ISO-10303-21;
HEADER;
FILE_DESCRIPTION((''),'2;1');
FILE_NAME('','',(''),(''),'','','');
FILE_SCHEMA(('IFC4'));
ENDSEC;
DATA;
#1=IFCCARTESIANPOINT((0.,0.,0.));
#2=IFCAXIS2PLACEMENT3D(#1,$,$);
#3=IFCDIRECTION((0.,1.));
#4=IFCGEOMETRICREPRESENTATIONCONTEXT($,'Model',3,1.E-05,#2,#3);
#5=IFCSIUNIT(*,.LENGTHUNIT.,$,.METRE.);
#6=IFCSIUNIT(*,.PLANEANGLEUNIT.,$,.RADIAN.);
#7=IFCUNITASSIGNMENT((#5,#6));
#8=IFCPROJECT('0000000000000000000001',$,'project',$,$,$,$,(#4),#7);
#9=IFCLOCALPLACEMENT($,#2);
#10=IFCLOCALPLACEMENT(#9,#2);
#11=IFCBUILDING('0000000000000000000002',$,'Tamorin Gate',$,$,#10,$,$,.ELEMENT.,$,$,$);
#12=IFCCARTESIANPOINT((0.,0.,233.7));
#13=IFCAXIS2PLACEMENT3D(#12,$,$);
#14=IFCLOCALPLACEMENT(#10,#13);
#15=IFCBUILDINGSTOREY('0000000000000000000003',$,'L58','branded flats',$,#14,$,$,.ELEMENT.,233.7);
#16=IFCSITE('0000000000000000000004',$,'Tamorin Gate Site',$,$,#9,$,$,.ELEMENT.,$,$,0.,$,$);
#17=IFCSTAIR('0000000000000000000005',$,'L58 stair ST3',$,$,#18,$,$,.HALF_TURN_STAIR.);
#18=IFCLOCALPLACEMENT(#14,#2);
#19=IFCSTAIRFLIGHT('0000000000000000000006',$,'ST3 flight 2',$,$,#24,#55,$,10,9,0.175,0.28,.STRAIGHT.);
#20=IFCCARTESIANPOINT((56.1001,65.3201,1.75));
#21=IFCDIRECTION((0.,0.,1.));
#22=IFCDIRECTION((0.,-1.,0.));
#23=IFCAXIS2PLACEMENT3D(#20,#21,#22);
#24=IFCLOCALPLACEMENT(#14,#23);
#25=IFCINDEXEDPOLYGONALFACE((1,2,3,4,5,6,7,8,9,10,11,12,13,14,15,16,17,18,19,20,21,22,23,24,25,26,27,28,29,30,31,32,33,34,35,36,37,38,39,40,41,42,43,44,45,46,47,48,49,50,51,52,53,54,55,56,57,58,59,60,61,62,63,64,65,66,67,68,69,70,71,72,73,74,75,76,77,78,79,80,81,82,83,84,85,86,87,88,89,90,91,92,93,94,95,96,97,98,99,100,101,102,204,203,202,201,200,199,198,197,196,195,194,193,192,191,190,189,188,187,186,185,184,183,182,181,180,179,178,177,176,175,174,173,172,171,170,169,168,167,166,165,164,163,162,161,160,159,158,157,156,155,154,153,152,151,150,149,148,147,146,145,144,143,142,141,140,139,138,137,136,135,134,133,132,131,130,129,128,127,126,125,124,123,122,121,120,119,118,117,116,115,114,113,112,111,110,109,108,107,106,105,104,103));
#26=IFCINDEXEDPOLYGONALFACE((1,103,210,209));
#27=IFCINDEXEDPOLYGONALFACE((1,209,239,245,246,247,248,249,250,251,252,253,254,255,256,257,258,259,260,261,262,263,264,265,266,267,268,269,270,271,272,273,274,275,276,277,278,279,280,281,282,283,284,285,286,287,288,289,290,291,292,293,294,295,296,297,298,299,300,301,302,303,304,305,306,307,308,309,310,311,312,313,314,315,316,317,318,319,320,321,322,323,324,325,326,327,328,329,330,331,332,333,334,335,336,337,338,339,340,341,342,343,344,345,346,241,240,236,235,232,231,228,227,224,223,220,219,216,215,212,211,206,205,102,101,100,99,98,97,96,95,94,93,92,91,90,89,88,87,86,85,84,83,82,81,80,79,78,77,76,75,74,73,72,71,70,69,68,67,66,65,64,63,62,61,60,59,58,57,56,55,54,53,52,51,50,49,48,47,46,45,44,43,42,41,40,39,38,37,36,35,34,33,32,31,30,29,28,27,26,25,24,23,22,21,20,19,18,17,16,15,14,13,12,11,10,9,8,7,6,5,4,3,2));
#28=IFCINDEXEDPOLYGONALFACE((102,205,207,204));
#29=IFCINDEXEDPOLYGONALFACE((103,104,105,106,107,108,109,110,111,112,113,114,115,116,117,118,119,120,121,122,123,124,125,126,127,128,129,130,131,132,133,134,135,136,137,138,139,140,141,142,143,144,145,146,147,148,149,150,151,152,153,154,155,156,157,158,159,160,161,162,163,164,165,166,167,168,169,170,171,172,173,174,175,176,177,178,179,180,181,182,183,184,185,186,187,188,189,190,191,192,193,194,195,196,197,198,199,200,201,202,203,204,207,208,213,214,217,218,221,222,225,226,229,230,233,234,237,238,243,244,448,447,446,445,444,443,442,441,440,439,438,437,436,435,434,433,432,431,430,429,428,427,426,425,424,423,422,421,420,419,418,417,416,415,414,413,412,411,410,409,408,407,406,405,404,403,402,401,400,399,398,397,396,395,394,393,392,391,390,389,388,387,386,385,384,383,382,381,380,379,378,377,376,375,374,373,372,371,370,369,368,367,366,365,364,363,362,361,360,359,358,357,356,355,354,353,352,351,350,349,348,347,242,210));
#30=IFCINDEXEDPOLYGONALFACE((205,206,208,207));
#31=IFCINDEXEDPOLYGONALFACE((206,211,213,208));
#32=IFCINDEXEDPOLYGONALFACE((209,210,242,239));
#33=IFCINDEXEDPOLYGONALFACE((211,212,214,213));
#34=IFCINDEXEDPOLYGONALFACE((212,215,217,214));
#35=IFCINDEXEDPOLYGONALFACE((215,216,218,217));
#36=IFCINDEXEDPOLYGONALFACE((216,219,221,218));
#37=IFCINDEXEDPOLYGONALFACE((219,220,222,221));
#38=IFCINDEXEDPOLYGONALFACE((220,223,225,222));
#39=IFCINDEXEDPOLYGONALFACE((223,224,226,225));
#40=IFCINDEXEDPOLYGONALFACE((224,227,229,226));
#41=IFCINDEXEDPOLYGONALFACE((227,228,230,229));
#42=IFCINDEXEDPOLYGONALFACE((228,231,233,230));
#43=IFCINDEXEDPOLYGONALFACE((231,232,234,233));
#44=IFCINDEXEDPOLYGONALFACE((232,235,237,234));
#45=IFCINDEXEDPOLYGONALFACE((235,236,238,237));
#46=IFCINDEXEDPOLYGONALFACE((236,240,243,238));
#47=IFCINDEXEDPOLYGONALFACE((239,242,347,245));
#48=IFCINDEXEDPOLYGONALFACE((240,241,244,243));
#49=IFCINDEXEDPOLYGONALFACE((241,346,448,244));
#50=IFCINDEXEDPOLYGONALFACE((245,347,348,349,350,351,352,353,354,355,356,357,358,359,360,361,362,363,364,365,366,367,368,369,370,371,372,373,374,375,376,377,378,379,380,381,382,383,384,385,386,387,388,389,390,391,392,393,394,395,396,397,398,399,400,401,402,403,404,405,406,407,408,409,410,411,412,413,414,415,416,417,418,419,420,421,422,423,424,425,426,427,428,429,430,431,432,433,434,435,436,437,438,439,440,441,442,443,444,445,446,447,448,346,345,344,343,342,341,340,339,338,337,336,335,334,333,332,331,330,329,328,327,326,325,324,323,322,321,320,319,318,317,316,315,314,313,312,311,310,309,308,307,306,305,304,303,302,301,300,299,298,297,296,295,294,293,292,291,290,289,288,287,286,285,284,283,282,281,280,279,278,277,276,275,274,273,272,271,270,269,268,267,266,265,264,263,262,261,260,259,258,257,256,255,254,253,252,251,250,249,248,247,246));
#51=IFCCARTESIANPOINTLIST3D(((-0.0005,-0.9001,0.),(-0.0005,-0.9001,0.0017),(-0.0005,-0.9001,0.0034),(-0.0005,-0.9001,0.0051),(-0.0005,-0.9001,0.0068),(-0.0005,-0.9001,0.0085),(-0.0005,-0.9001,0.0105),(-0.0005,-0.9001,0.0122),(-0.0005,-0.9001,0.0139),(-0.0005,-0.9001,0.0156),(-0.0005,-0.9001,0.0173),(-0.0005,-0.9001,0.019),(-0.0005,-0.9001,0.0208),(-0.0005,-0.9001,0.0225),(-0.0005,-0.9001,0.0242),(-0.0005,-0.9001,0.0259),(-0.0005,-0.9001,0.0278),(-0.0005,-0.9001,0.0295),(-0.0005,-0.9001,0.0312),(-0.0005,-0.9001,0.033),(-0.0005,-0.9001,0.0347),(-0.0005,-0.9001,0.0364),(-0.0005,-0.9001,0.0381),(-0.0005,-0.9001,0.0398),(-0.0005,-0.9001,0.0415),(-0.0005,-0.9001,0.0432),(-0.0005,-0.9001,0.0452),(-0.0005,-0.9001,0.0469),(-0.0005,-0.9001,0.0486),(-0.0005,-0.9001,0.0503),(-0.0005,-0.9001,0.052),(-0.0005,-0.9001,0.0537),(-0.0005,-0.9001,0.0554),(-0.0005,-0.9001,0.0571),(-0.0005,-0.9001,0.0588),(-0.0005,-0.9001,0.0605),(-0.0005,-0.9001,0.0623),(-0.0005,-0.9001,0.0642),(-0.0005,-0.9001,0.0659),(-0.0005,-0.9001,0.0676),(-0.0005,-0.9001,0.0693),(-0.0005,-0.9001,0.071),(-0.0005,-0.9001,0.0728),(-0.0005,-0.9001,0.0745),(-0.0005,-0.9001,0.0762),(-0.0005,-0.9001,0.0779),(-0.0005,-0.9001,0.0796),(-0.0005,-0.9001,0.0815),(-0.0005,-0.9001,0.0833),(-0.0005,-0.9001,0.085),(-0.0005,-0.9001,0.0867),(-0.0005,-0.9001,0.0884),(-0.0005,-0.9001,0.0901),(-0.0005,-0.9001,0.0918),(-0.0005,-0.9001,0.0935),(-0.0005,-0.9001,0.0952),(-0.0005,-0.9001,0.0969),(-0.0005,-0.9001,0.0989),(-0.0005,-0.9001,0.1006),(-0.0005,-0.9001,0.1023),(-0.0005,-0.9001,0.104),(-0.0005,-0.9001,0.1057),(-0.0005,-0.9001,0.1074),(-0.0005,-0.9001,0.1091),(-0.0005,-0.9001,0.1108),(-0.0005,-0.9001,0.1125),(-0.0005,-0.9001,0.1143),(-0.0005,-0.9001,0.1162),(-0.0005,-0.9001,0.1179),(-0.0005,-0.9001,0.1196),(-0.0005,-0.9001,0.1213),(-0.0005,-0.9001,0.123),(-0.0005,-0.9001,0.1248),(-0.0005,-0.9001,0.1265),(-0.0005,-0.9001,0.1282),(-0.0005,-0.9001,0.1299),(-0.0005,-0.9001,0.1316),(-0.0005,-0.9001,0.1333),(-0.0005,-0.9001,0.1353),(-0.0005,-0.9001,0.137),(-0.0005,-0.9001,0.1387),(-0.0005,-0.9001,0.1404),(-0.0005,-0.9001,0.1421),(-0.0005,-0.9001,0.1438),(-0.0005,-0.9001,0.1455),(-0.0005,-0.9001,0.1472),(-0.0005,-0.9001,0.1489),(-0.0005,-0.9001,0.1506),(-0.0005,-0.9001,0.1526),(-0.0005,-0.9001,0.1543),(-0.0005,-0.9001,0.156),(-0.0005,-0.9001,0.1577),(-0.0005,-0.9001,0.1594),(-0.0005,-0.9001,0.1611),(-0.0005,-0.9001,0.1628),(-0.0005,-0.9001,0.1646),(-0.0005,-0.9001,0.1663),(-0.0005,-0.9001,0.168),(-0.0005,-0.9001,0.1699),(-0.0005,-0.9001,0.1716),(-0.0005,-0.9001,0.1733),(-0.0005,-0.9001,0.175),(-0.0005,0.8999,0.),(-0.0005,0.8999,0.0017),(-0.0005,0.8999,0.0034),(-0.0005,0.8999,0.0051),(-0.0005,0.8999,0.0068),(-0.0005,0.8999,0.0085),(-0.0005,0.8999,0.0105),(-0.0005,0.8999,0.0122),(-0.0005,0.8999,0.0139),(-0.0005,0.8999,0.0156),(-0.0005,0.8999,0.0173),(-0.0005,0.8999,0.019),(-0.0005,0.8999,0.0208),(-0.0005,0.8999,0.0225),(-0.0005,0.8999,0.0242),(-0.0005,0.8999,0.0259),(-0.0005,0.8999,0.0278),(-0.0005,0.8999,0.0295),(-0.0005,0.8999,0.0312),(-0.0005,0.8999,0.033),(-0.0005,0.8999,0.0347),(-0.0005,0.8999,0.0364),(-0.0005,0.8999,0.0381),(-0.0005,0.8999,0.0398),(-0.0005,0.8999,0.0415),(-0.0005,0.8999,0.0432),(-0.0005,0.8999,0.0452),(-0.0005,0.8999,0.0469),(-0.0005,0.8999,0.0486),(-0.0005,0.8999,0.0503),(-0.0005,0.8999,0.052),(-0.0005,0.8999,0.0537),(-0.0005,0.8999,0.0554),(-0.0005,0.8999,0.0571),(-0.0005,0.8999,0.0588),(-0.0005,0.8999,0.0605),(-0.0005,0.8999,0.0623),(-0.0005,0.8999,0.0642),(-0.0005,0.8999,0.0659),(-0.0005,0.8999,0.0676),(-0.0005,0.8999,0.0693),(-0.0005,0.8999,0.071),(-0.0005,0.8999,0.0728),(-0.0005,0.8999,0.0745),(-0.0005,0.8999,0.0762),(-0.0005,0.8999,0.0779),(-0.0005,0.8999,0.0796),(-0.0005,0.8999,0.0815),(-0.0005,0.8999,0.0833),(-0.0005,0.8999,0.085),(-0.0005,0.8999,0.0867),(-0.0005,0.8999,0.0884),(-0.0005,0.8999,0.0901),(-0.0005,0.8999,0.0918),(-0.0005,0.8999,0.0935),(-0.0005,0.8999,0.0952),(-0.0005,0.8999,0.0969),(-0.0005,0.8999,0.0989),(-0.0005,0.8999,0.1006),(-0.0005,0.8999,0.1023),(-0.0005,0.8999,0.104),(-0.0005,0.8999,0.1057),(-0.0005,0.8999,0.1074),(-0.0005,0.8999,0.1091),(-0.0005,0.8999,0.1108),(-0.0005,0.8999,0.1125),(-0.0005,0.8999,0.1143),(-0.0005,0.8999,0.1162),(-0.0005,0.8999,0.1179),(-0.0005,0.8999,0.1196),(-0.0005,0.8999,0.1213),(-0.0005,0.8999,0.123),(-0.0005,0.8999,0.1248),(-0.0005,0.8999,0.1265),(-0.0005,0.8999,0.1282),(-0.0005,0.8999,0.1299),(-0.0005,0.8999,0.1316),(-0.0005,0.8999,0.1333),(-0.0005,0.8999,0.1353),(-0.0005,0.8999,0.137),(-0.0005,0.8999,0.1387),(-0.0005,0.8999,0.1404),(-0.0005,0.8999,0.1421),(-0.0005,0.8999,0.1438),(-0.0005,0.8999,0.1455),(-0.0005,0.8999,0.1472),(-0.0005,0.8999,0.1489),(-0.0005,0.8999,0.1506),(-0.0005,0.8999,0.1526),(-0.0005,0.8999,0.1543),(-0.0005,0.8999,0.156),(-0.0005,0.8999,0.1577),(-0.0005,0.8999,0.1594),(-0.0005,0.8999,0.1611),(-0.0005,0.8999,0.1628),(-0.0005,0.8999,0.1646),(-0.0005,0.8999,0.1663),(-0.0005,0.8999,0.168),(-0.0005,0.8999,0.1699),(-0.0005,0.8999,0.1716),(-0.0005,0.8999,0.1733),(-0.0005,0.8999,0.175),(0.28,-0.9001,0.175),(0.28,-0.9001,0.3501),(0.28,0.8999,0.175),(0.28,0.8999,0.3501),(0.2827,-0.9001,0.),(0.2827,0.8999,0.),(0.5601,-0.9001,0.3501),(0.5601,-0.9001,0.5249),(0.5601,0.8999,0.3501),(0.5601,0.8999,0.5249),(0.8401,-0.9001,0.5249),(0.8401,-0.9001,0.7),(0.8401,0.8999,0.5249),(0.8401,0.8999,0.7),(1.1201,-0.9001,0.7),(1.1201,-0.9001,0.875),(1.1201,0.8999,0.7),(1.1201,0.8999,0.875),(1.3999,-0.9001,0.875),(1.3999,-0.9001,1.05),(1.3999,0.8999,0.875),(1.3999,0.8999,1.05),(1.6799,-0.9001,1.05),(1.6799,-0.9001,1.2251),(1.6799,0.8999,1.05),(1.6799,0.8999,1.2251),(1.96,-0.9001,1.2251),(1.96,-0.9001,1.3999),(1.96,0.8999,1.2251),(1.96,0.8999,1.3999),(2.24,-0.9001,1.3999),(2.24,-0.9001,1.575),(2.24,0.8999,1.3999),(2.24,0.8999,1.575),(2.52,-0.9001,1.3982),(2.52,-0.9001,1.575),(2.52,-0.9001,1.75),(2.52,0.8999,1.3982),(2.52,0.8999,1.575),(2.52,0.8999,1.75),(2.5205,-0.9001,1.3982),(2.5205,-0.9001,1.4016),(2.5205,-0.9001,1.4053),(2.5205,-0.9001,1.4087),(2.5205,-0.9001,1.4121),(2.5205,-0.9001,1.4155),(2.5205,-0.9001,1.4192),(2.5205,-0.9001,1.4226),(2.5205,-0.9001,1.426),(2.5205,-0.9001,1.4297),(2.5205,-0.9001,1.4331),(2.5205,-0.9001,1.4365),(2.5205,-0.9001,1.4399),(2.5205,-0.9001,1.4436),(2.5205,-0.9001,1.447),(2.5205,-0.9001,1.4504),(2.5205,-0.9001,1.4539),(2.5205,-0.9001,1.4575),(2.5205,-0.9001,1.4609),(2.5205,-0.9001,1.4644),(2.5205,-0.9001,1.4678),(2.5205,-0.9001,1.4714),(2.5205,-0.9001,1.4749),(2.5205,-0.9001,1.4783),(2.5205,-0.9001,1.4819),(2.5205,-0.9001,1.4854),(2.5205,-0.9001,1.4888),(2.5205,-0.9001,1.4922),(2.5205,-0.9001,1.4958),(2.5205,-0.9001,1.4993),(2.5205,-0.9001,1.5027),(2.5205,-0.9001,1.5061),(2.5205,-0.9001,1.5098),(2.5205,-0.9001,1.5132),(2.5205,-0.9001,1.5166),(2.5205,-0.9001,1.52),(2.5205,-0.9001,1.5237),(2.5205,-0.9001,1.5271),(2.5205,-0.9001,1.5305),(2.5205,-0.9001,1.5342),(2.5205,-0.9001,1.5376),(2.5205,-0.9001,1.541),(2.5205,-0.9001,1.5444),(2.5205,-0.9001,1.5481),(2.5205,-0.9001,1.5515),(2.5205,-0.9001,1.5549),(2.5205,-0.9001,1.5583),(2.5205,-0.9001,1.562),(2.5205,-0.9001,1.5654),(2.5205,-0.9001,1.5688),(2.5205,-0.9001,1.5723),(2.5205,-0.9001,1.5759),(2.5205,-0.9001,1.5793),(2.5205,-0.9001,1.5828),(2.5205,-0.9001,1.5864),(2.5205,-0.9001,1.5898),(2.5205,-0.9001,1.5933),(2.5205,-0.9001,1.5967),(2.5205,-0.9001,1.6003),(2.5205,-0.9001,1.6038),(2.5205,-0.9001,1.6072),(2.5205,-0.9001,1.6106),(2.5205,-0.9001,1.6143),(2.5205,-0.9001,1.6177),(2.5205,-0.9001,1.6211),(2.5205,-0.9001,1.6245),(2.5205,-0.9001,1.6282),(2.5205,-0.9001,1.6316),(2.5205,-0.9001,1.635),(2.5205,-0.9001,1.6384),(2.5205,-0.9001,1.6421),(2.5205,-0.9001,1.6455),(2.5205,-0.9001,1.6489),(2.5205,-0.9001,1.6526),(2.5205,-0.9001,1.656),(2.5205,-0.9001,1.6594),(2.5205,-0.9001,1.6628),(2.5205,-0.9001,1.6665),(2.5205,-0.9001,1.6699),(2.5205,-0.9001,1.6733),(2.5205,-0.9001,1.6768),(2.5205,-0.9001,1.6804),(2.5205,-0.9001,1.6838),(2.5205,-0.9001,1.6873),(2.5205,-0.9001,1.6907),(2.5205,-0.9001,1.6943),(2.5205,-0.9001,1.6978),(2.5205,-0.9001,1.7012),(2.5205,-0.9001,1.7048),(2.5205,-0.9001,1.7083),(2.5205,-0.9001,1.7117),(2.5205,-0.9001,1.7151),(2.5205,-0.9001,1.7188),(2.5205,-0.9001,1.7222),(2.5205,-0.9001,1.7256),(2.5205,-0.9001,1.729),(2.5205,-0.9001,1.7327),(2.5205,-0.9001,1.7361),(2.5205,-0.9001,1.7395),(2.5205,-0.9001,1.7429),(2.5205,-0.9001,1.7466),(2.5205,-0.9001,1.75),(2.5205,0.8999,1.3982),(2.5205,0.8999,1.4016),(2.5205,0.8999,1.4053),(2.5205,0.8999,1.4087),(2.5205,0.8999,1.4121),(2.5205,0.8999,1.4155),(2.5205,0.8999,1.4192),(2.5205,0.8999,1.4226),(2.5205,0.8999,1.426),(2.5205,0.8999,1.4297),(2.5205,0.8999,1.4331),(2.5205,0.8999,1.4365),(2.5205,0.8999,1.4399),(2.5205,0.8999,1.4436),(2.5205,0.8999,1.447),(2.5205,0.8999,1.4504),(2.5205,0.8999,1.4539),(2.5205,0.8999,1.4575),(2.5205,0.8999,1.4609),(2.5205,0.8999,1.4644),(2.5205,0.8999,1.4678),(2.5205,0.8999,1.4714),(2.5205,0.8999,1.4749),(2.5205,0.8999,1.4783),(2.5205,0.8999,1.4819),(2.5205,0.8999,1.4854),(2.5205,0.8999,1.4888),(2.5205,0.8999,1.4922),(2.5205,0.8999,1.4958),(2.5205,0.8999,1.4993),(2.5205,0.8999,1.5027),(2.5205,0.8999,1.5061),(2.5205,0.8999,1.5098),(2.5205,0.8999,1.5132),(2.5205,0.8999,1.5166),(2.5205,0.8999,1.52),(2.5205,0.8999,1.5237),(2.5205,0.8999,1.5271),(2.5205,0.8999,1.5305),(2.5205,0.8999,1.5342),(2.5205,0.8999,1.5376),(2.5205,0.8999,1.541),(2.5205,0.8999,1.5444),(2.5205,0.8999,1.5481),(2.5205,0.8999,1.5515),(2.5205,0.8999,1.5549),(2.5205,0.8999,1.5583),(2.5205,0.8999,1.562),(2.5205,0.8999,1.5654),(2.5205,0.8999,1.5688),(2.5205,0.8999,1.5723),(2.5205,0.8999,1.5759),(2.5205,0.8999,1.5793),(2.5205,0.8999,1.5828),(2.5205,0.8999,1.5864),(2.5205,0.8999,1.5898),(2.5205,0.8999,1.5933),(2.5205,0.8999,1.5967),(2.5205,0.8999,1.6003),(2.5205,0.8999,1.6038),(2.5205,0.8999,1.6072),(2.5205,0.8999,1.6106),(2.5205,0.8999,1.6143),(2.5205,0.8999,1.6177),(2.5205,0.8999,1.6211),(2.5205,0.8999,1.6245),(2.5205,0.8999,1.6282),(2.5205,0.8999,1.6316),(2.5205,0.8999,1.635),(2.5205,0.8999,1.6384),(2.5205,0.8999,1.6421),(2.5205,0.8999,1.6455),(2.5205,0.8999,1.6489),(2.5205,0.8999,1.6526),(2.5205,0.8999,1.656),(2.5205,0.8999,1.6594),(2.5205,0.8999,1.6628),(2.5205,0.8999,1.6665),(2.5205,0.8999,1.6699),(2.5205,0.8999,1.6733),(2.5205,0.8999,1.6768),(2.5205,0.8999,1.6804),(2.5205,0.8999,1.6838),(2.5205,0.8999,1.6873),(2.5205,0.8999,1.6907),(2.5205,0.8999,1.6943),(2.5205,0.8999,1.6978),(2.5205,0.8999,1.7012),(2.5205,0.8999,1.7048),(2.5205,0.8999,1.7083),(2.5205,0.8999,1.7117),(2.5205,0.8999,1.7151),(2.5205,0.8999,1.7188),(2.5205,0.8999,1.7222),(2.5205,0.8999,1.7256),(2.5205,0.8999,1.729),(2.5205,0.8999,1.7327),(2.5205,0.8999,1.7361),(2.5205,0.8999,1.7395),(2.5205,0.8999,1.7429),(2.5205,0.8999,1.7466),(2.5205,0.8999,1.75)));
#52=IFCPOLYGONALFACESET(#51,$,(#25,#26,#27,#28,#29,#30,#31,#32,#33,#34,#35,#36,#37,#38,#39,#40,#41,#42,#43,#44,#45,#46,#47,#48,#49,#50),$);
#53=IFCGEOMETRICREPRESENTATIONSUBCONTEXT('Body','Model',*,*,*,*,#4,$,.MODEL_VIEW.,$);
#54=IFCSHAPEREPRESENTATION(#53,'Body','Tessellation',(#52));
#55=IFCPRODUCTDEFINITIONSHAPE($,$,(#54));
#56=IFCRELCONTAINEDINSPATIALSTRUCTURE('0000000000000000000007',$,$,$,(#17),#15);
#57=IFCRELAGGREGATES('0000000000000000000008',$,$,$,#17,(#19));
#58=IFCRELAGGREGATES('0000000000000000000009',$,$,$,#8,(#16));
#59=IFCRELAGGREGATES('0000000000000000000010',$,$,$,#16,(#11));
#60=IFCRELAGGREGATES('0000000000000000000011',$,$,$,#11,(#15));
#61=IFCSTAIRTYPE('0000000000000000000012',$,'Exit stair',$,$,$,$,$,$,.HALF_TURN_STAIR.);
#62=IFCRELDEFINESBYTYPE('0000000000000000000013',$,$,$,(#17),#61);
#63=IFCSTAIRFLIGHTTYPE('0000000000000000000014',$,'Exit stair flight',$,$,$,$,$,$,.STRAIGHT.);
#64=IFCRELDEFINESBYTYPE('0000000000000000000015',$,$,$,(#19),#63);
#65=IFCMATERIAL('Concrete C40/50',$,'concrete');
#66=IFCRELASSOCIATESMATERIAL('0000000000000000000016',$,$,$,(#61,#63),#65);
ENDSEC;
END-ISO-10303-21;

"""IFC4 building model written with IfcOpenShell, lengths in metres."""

from ifc_helpers import new_model, si_unit, direction, frame, origin, place, context, subcontext, project, spatial, polyline, outline, extrude, material, type_object, element, aggregate, save


model = new_model("IFC4")

# Units and contexts
model_context = context("Model", 3, precision=1e-05, world=origin(), true_north=direction((0.0, 1.0)))
body_context = subcontext(model_context, "Body", "Model", "MODEL_VIEW")
ifc_project = project(units=[si_unit("LENGTHUNIT", "METRE"), si_unit("PLANEANGLEUNIT", "RADIAN")], contexts=[model_context])

# Site, building, storey
site_placement = place(None, origin())
site = spatial("IfcSite", under=ifc_project, at=site_placement, Name="Tamorin Gate Site", CompositionType="ELEMENT", RefElevation=0.0)
building_placement = place(site_placement, origin())
building = spatial("IfcBuilding", under=site, at=building_placement, Name="Tamorin Gate", CompositionType="ELEMENT")
storey_placement = place(building_placement, frame((0.0, 0.0, 233.7)))
storey = spatial("IfcBuildingStorey", under=building, at=storey_placement, Name="L58", Description="branded flats", CompositionType="ELEMENT", Elevation=233.7)

# Stair, stair flight
ifc_material_1 = material(Name="Concrete C40/50", Category="concrete")
stair_type = type_object("IfcStairType", Name="Exit stair", PredefinedType="HALF_TURN_STAIR", material=ifc_material_1)
stair_placement = place(storey_placement, origin())
stair = element("IfcStair", 1, at=stair_placement, inside=storey, type_object=stair_type, Name="L58 stair ST3", PredefinedType="HALF_TURN_STAIR")
stair_flight_type = type_object("IfcStairFlightType", Name="Exit stair flight", PredefinedType="STRAIGHT", material=ifc_material_1)
stair_flight_1_placement = place(storey_placement, frame((56.1001, 65.3201, 1.75), z_axis=(0.0, 0.0, 1.0), x_axis=(0.0, -1.0, 0.0)))
stair_flight_1 = element("IfcStairFlight", 2, at=stair_flight_1_placement, type_object=stair_flight_type, Name="ST3 flight 2", NumberOfRisers=10, NumberOfTreads=9, PredefinedType="STRAIGHT", RiserHeight=0.175, TreadLength=0.28, context=body_context, shape_type="SweptSolid", body=[
    extrude(outline(polyline([(-0.0005, 0.0), (-0.0005, 0.0017), (-0.0005, 0.0034), (-0.0005, 0.0051), (-0.0005, 0.0068), (-0.0005, 0.0085), (-0.0005, 0.0105), (-0.0005, 0.0122), (-0.0005, 0.0139), (-0.0005, 0.0156), (-0.0005, 0.0173), (-0.0005, 0.019), (-0.0005, 0.0208), (-0.0005, 0.0225), (-0.0005, 0.0242), (-0.0005, 0.0259), (-0.0005, 0.0278), (-0.0005, 0.0295), (-0.0005, 0.0312), (-0.0005, 0.033), (-0.0005, 0.0347), (-0.0005, 0.0364), (-0.0005, 0.0381), (-0.0005, 0.0398), (-0.0005, 0.0415), (-0.0005, 0.0432), (-0.0005, 0.0452), (-0.0005, 0.0469), (-0.0005, 0.0486), (-0.0005, 0.0503), (-0.0005, 0.052), (-0.0005, 0.0537), (-0.0005, 0.0554), (-0.0005, 0.0571), (-0.0005, 0.0588), (-0.0005, 0.0605), (-0.0005, 0.0623), (-0.0005, 0.0642), (-0.0005, 0.0659), (-0.0005, 0.0676), (-0.0005, 0.0693), (-0.0005, 0.071), (-0.0005, 0.0728), (-0.0005, 0.0745), (-0.0005, 0.0762), (-0.0005, 0.0779), (-0.0005, 0.0796), (-0.0005, 0.0815), (-0.0005, 0.0833), (-0.0005, 0.085), (-0.0005, 0.0867), (-0.0005, 0.0884), (-0.0005, 0.0901), (-0.0005, 0.0918), (-0.0005, 0.0935), (-0.0005, 0.0952), (-0.0005, 0.0969), (-0.0005, 0.0989), (-0.0005, 0.1006), (-0.0005, 0.1023), (-0.0005, 0.104), (-0.0005, 0.1057), (-0.0005, 0.1074), (-0.0005, 0.1091), (-0.0005, 0.1108), (-0.0005, 0.1125), (-0.0005, 0.1143), (-0.0005, 0.1162), (-0.0005, 0.1179), (-0.0005, 0.1196), (-0.0005, 0.1213), (-0.0005, 0.123), (-0.0005, 0.1248), (-0.0005, 0.1265), (-0.0005, 0.1282), (-0.0005, 0.1299), (-0.0005, 0.1316), (-0.0005, 0.1333), (-0.0005, 0.1353), (-0.0005, 0.137), (-0.0005, 0.1387), (-0.0005, 0.1404), (-0.0005, 0.1421), (-0.0005, 0.1438), (-0.0005, 0.1455), (-0.0005, 0.1472), (-0.0005, 0.1489), (-0.0005, 0.1506), (-0.0005, 0.1526), (-0.0005, 0.1543), (-0.0005, 0.156), (-0.0005, 0.1577), (-0.0005, 0.1594), (-0.0005, 0.1611), (-0.0005, 0.1628), (-0.0005, 0.1646), (-0.0005, 0.1663), (-0.0005, 0.168), (-0.0005, 0.1699), (-0.0005, 0.1716), (-0.0005, 0.1733), (-0.0005, 0.175), (0.28, 0.175), (0.28, 0.3501), (0.5601, 0.3501), (0.5601, 0.5249), (0.8401, 0.5249), (0.8401, 0.7), (1.1201, 0.7), (1.1201, 0.875), (1.3999, 0.875), (1.3999, 1.05), (1.6799, 1.05), (1.6799, 1.2251), (1.96, 1.2251), (1.96, 1.3999), (2.24, 1.3999), (2.24, 1.575), (2.52, 1.575), (2.52, 1.75), (2.5205, 1.75), (2.5205, 1.7466), (2.5205, 1.7429), (2.5205, 1.7395), (2.5205, 1.7361), (2.5205, 1.7327), (2.5205, 1.729), (2.5205, 1.7256), (2.5205, 1.7222), (2.5205, 1.7188), (2.5205, 1.7151), (2.5205, 1.7117), (2.5205, 1.7083), (2.5205, 1.7048), (2.5205, 1.7012), (2.5205, 1.6978), (2.5205, 1.6943), (2.5205, 1.6907), (2.5205, 1.6873), (2.5205, 1.6838), (2.5205, 1.6804), (2.5205, 1.6768), (2.5205, 1.6733), (2.5205, 1.6699), (2.5205, 1.6665), (2.5205, 1.6628), (2.5205, 1.6594), (2.5205, 1.656), (2.5205, 1.6526), (2.5205, 1.6489), (2.5205, 1.6455), (2.5205, 1.6421), (2.5205, 1.6384), (2.5205, 1.635), (2.5205, 1.6316), (2.5205, 1.6282), (2.5205, 1.6245), (2.5205, 1.6211), (2.5205, 1.6177), (2.5205, 1.6143), (2.5205, 1.6106), (2.5205, 1.6072), (2.5205, 1.6038), (2.5205, 1.6003), (2.5205, 1.5967), (2.5205, 1.5933), (2.5205, 1.5898), (2.5205, 1.5864), (2.5205, 1.5828), (2.5205, 1.5793), (2.5205, 1.5759), (2.5205, 1.5723), (2.5205, 1.5688), (2.5205, 1.5654), (2.5205, 1.562), (2.5205, 1.5583), (2.5205, 1.5549), (2.5205, 1.5515), (2.5205, 1.5481), (2.5205, 1.5444), (2.5205, 1.541), (2.5205, 1.5376), (2.5205, 1.5342), (2.5205, 1.5305), (2.5205, 1.5271), (2.5205, 1.5237), (2.5205, 1.52), (2.5205, 1.5166), (2.5205, 1.5132), (2.5205, 1.5098), (2.5205, 1.5061), (2.5205, 1.5027), (2.5205, 1.4993), (2.5205, 1.4958), (2.5205, 1.4922), (2.5205, 1.4888), (2.5205, 1.4854), (2.5205, 1.4819), (2.5205, 1.4783), (2.5205, 1.4749), (2.5205, 1.4714), (2.5205, 1.4678), (2.5205, 1.4644), (2.5205, 1.4609), (2.5205, 1.4575), (2.5205, 1.4539), (2.5205, 1.4504), (2.5205, 1.447), (2.5205, 1.4436), (2.5205, 1.4399), (2.5205, 1.4365), (2.5205, 1.4331), (2.5205, 1.4297), (2.5205, 1.426), (2.5205, 1.4226), (2.5205, 1.4192), (2.5205, 1.4155), (2.5205, 1.4121), (2.5205, 1.4087), (2.5205, 1.4053), (2.5205, 1.4016), (2.5205, 1.3982), (2.52, 1.3982), (0.2827, 0.0), (-0.0005, 0.0)])), frame((0.0, 0.8999, 0.0), z_axis=(0.0, -1.0, 0.0), x_axis=(1.0, 0.0, 0.0)), (0.0, 0.0, 1.0), 1.8),
])
aggregate(stair, [stair_flight_1])

save(model, "model.ifc")
